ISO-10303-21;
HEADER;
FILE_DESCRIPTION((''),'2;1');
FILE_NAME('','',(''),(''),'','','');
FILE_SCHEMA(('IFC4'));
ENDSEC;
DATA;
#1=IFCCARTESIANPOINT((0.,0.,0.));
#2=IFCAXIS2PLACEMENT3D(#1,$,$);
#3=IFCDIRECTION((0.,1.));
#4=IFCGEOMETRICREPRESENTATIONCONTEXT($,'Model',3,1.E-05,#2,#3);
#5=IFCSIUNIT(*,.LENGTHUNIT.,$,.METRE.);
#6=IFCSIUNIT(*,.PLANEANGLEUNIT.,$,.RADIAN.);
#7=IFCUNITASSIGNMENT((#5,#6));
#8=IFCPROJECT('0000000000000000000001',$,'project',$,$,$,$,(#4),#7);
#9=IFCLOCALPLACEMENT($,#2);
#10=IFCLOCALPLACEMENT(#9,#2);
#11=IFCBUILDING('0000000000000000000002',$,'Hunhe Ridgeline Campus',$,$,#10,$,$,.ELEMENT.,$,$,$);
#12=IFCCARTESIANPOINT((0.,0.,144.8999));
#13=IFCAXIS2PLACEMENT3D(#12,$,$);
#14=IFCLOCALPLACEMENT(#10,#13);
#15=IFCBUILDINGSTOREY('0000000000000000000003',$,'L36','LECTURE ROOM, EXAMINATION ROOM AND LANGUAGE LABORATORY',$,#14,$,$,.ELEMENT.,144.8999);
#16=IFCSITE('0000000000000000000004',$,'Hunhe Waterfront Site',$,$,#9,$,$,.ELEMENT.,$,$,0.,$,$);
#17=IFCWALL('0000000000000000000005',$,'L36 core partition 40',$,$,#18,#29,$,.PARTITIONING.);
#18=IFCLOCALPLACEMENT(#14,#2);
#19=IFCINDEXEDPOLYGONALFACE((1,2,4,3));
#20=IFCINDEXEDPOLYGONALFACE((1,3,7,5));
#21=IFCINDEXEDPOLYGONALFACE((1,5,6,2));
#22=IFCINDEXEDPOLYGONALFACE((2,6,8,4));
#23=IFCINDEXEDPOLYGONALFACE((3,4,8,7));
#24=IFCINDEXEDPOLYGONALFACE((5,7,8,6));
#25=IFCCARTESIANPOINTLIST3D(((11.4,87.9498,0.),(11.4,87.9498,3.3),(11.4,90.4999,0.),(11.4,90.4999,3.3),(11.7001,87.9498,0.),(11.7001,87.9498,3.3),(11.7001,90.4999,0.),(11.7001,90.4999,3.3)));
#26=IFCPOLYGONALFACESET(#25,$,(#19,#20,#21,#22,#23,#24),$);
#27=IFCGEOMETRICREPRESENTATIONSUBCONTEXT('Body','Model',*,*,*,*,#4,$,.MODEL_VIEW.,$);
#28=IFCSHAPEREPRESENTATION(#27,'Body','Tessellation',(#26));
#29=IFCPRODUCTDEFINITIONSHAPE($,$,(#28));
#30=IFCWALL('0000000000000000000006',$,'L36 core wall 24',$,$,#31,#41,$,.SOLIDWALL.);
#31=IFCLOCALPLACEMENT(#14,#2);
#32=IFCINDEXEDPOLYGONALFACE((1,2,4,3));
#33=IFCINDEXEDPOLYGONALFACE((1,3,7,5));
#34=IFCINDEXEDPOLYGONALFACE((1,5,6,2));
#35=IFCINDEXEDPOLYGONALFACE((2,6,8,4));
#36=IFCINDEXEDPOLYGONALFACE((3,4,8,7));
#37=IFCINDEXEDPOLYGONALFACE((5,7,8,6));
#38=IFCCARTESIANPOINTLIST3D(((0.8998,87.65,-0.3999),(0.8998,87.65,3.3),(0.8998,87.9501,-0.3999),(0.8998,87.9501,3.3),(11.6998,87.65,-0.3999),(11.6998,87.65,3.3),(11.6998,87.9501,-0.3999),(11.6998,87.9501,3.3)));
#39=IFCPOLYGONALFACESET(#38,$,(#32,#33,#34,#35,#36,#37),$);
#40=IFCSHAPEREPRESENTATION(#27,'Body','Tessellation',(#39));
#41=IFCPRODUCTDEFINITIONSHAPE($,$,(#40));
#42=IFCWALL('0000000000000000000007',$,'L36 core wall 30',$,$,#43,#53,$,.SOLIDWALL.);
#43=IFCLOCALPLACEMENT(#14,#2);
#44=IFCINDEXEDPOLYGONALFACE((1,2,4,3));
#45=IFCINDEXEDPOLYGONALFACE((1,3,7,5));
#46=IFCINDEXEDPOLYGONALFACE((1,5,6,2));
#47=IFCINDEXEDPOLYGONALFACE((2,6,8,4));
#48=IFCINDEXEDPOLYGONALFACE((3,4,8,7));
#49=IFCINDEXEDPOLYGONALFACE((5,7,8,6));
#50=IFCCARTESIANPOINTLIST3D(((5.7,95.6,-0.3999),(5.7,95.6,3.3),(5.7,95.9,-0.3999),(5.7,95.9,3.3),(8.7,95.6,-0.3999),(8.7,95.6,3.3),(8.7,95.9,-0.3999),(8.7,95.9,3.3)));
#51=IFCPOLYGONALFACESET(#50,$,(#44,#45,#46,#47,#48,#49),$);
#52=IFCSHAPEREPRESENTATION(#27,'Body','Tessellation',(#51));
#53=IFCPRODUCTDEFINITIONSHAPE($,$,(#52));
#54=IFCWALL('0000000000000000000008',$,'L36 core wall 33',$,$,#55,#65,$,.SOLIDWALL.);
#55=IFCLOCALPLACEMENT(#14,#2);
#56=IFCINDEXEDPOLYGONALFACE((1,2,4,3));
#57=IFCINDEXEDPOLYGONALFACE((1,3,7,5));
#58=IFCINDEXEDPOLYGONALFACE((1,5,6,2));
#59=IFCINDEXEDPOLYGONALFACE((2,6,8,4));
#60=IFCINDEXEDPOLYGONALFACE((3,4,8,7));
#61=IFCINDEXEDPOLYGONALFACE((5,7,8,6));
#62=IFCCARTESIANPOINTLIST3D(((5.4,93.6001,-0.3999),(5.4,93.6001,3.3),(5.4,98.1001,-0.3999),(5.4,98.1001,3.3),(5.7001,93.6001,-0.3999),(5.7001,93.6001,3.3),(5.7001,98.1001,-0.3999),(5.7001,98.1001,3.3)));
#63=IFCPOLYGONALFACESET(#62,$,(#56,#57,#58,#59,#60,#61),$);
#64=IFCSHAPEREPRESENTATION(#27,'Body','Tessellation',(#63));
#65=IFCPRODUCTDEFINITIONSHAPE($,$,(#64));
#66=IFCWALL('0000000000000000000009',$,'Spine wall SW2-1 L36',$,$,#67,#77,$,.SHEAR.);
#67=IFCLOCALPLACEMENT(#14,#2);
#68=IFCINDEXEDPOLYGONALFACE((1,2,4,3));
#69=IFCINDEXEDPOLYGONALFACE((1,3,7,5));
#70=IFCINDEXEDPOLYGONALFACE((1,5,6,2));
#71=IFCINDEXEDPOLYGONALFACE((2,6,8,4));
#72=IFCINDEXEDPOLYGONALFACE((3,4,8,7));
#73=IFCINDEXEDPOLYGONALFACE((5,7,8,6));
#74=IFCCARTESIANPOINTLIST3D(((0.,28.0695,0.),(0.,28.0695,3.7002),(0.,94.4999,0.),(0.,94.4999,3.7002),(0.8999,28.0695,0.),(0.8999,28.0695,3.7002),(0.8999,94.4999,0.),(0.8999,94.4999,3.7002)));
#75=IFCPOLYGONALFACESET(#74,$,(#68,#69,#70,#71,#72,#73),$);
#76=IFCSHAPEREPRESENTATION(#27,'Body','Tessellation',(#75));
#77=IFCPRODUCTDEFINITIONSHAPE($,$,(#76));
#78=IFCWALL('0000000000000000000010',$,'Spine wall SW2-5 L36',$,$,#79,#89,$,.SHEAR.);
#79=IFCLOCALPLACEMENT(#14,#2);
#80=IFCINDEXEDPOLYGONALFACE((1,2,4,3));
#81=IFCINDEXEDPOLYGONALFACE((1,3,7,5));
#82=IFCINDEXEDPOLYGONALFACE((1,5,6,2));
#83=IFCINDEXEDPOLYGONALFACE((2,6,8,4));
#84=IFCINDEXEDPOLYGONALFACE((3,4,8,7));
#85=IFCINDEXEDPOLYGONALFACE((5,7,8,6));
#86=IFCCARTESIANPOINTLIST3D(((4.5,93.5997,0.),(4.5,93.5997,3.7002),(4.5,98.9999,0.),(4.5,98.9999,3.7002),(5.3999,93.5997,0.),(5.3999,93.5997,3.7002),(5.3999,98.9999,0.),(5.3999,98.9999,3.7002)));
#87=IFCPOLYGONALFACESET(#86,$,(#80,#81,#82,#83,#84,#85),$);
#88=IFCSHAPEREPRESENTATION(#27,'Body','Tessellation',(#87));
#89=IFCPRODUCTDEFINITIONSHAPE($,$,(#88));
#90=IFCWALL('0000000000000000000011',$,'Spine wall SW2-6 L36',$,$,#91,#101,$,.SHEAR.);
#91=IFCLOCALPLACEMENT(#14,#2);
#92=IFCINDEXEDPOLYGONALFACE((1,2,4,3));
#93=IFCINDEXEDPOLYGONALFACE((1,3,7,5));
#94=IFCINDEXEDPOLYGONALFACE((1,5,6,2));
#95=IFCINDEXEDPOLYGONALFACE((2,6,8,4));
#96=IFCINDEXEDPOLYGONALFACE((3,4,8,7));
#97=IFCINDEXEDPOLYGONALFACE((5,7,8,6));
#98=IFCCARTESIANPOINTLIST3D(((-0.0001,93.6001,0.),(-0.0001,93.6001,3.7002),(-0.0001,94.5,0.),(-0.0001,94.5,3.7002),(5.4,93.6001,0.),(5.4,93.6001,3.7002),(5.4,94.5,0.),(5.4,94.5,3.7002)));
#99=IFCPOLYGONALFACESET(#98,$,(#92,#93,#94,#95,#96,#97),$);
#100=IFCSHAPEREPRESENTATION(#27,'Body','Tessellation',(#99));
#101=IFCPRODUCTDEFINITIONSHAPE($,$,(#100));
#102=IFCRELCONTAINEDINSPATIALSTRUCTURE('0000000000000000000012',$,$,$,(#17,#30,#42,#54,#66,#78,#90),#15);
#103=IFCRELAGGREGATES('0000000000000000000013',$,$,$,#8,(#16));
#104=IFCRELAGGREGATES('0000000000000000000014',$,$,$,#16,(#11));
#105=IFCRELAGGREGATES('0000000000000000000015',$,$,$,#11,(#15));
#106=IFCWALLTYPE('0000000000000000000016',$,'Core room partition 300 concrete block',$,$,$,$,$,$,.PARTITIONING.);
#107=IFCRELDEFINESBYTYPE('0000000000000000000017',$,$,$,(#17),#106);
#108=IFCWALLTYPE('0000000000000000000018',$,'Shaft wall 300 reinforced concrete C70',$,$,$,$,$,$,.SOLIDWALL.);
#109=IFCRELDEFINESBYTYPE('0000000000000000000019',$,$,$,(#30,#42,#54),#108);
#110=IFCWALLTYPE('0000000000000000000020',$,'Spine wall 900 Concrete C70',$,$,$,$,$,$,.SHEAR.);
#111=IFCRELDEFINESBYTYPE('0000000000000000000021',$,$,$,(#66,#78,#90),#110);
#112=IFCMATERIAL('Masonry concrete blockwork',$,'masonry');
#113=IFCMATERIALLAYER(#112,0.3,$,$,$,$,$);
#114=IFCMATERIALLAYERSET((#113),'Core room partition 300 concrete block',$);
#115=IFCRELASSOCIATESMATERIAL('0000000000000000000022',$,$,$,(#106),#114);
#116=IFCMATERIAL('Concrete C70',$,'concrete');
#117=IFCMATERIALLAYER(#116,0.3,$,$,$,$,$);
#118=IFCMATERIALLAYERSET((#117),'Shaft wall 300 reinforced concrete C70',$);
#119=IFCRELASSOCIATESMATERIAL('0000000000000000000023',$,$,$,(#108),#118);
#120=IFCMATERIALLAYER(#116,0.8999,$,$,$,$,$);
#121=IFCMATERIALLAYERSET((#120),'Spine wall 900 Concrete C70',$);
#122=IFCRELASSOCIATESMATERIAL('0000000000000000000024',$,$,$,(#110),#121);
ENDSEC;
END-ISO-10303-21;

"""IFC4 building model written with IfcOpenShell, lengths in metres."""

from ifc_helpers import new_model, si_unit, direction, frame, frame_2d, origin, place, context, subcontext, project, spatial, rectangle, extrude, material, layer, layer_set, type_object, element, save


model = new_model("IFC4")

# Units and contexts
model_context = context("Model", 3, precision=1e-05, world=origin(), true_north=direction((0.0, 1.0)))
body_context = subcontext(model_context, "Body", "Model", "MODEL_VIEW")
ifc_project = project(units=[si_unit("LENGTHUNIT", "METRE"), si_unit("PLANEANGLEUNIT", "RADIAN")], contexts=[model_context])

# Site, building, storey
site_placement = place(None, origin())
site = spatial("IfcSite", under=ifc_project, at=site_placement, Name="Hunhe Waterfront Site", CompositionType="ELEMENT", RefElevation=0.0)
building_placement = place(site_placement, origin())
building = spatial("IfcBuilding", under=site, at=building_placement, Name="Hunhe Ridgeline Campus", CompositionType="ELEMENT")
storey_placement = place(building_placement, frame((0.0, 0.0, 144.8999)))
storey = spatial("IfcBuildingStorey", under=building, at=storey_placement, Name="L36", Description="LECTURE ROOM, EXAMINATION ROOM AND LANGUAGE LABORATORY", CompositionType="ELEMENT", Elevation=144.8999)

# Wall
ifc_material_1 = material(Name="Masonry concrete blockwork", Category="masonry")
ifc_layer_1 = layer(ifc_material_1, 0.3)
ifc_layer_set_1 = layer_set([ifc_layer_1], Name="Core room partition 300 concrete block")
wall_type_1 = type_object("IfcWallType", Name="Core room partition 300 concrete block", PredefinedType="PARTITIONING", material=ifc_layer_set_1)
wall_1_placement = place(storey_placement, frame((11.55, 87.95, 0.0), z_axis=(0.0, 0.0, 1.0), x_axis=(0.0, 1.0, 0.0)))
element("IfcWall", 1, at=wall_1_placement, inside=storey, type_object=wall_type_1, Name="L36 core partition 40", PredefinedType="PARTITIONING", context=body_context, shape_type="SweptSolid", body=[
    extrude(rectangle(XDim=2.55, YDim=0.3, at=frame_2d((1.2749, 0.0))), origin(), (0.0, 0.0, 1.0), 3.3),
])

# Shared definitions
ifc_material_2 = material(Name="Concrete C70", Category="concrete")

# Wall
ifc_layer_2 = layer(ifc_material_2, 0.3)
ifc_layer_set_2 = layer_set([ifc_layer_2], Name="Shaft wall 300 reinforced concrete C70")
wall_type_2 = type_object("IfcWallType", Name="Shaft wall 300 reinforced concrete C70", PredefinedType="SOLIDWALL", material=ifc_layer_set_2)
wall_2_placement = place(storey_placement, frame((0.8999, 87.8, -0.3999), z_axis=(0.0, 0.0, 1.0), x_axis=(1.0, 0.0, 0.0)))
element("IfcWall", 2, at=wall_2_placement, inside=storey, type_object=wall_type_2, Name="L36 core wall 24", PredefinedType="SOLIDWALL", context=body_context, shape_type="SweptSolid", body=[
    extrude(rectangle(XDim=10.8, YDim=0.3, at=frame_2d((5.3999, 0.0))), origin(), (0.0, 0.0, 1.0), 3.7),
])

# Walls
wall_3_placement = place(storey_placement, frame((5.7, 95.75, -0.3999), z_axis=(0.0, 0.0, 1.0), x_axis=(1.0, 0.0, 0.0)))
element("IfcWall", 3, at=wall_3_placement, inside=storey, type_object=wall_type_2, Name="L36 core wall 30", PredefinedType="SOLIDWALL", context=body_context, shape_type="SweptSolid", body=[
    extrude(rectangle(XDim=3.0, YDim=0.3, at=frame_2d((1.5, 0.0))), origin(), (0.0, 0.0, 1.0), 3.7),
])
wall_4_placement = place(storey_placement, frame((5.55, 93.6001, -0.3999), z_axis=(0.0, 0.0, 1.0), x_axis=(0.0, 1.0, 0.0)))
element("IfcWall", 4, at=wall_4_placement, inside=storey, type_object=wall_type_2, Name="L36 core wall 33", PredefinedType="SOLIDWALL", context=body_context, shape_type="SweptSolid", body=[
    extrude(rectangle(XDim=4.5, YDim=0.3, at=frame_2d((2.25, 0.0))), origin(), (0.0, 0.0, 1.0), 3.7),
])

# Walls
ifc_layer_3 = layer(ifc_material_2, 0.8999)
ifc_layer_set_3 = layer_set([ifc_layer_3], Name="Spine wall 900 Concrete C70")
wall_type_3 = type_object("IfcWallType", Name="Spine wall 900 Concrete C70", PredefinedType="SHEAR", material=ifc_layer_set_3)
wall_5_placement = place(storey_placement, frame((0.45, 94.5, 0.0), z_axis=(0.0, 0.0, 1.0), x_axis=(0.0, -1.0, 0.0)))
element("IfcWall", 5, at=wall_5_placement, inside=storey, type_object=wall_type_3, Name="Spine wall SW2-1 L36", PredefinedType="SHEAR", context=body_context, shape_type="SweptSolid", body=[
    extrude(rectangle(XDim=66.4304, YDim=0.8999, at=frame_2d((33.2153, 0.0))), origin(), (0.0, 0.0, 1.0), 3.7002),
])
for number, where, z_axis, x_axis, name in (
    (6, (4.95, 99.0, 0.0), (0.0, 0.0, 1.0), (0.0, -1.0, 0.0), "Spine wall SW2-5 L36"),
    (7, (5.4001, 94.05, 0.0), (0.0, 0.0, 1.0), (-1.0, 0.0, 0.0), "Spine wall SW2-6 L36"),
):
    element("IfcWall", number, at=place(storey_placement, frame(where, z_axis=z_axis, x_axis=x_axis)), inside=storey, type_object=wall_type_3, Name=name, PredefinedType="SHEAR", context=body_context, shape_type="SweptSolid", body=[
        extrude(rectangle(XDim=5.4001, YDim=0.8999, at=frame_2d((2.7002, 0.0))), origin(), (0.0, 0.0, 1.0), 3.7002),
    ])

save(model, "model.ifc")
